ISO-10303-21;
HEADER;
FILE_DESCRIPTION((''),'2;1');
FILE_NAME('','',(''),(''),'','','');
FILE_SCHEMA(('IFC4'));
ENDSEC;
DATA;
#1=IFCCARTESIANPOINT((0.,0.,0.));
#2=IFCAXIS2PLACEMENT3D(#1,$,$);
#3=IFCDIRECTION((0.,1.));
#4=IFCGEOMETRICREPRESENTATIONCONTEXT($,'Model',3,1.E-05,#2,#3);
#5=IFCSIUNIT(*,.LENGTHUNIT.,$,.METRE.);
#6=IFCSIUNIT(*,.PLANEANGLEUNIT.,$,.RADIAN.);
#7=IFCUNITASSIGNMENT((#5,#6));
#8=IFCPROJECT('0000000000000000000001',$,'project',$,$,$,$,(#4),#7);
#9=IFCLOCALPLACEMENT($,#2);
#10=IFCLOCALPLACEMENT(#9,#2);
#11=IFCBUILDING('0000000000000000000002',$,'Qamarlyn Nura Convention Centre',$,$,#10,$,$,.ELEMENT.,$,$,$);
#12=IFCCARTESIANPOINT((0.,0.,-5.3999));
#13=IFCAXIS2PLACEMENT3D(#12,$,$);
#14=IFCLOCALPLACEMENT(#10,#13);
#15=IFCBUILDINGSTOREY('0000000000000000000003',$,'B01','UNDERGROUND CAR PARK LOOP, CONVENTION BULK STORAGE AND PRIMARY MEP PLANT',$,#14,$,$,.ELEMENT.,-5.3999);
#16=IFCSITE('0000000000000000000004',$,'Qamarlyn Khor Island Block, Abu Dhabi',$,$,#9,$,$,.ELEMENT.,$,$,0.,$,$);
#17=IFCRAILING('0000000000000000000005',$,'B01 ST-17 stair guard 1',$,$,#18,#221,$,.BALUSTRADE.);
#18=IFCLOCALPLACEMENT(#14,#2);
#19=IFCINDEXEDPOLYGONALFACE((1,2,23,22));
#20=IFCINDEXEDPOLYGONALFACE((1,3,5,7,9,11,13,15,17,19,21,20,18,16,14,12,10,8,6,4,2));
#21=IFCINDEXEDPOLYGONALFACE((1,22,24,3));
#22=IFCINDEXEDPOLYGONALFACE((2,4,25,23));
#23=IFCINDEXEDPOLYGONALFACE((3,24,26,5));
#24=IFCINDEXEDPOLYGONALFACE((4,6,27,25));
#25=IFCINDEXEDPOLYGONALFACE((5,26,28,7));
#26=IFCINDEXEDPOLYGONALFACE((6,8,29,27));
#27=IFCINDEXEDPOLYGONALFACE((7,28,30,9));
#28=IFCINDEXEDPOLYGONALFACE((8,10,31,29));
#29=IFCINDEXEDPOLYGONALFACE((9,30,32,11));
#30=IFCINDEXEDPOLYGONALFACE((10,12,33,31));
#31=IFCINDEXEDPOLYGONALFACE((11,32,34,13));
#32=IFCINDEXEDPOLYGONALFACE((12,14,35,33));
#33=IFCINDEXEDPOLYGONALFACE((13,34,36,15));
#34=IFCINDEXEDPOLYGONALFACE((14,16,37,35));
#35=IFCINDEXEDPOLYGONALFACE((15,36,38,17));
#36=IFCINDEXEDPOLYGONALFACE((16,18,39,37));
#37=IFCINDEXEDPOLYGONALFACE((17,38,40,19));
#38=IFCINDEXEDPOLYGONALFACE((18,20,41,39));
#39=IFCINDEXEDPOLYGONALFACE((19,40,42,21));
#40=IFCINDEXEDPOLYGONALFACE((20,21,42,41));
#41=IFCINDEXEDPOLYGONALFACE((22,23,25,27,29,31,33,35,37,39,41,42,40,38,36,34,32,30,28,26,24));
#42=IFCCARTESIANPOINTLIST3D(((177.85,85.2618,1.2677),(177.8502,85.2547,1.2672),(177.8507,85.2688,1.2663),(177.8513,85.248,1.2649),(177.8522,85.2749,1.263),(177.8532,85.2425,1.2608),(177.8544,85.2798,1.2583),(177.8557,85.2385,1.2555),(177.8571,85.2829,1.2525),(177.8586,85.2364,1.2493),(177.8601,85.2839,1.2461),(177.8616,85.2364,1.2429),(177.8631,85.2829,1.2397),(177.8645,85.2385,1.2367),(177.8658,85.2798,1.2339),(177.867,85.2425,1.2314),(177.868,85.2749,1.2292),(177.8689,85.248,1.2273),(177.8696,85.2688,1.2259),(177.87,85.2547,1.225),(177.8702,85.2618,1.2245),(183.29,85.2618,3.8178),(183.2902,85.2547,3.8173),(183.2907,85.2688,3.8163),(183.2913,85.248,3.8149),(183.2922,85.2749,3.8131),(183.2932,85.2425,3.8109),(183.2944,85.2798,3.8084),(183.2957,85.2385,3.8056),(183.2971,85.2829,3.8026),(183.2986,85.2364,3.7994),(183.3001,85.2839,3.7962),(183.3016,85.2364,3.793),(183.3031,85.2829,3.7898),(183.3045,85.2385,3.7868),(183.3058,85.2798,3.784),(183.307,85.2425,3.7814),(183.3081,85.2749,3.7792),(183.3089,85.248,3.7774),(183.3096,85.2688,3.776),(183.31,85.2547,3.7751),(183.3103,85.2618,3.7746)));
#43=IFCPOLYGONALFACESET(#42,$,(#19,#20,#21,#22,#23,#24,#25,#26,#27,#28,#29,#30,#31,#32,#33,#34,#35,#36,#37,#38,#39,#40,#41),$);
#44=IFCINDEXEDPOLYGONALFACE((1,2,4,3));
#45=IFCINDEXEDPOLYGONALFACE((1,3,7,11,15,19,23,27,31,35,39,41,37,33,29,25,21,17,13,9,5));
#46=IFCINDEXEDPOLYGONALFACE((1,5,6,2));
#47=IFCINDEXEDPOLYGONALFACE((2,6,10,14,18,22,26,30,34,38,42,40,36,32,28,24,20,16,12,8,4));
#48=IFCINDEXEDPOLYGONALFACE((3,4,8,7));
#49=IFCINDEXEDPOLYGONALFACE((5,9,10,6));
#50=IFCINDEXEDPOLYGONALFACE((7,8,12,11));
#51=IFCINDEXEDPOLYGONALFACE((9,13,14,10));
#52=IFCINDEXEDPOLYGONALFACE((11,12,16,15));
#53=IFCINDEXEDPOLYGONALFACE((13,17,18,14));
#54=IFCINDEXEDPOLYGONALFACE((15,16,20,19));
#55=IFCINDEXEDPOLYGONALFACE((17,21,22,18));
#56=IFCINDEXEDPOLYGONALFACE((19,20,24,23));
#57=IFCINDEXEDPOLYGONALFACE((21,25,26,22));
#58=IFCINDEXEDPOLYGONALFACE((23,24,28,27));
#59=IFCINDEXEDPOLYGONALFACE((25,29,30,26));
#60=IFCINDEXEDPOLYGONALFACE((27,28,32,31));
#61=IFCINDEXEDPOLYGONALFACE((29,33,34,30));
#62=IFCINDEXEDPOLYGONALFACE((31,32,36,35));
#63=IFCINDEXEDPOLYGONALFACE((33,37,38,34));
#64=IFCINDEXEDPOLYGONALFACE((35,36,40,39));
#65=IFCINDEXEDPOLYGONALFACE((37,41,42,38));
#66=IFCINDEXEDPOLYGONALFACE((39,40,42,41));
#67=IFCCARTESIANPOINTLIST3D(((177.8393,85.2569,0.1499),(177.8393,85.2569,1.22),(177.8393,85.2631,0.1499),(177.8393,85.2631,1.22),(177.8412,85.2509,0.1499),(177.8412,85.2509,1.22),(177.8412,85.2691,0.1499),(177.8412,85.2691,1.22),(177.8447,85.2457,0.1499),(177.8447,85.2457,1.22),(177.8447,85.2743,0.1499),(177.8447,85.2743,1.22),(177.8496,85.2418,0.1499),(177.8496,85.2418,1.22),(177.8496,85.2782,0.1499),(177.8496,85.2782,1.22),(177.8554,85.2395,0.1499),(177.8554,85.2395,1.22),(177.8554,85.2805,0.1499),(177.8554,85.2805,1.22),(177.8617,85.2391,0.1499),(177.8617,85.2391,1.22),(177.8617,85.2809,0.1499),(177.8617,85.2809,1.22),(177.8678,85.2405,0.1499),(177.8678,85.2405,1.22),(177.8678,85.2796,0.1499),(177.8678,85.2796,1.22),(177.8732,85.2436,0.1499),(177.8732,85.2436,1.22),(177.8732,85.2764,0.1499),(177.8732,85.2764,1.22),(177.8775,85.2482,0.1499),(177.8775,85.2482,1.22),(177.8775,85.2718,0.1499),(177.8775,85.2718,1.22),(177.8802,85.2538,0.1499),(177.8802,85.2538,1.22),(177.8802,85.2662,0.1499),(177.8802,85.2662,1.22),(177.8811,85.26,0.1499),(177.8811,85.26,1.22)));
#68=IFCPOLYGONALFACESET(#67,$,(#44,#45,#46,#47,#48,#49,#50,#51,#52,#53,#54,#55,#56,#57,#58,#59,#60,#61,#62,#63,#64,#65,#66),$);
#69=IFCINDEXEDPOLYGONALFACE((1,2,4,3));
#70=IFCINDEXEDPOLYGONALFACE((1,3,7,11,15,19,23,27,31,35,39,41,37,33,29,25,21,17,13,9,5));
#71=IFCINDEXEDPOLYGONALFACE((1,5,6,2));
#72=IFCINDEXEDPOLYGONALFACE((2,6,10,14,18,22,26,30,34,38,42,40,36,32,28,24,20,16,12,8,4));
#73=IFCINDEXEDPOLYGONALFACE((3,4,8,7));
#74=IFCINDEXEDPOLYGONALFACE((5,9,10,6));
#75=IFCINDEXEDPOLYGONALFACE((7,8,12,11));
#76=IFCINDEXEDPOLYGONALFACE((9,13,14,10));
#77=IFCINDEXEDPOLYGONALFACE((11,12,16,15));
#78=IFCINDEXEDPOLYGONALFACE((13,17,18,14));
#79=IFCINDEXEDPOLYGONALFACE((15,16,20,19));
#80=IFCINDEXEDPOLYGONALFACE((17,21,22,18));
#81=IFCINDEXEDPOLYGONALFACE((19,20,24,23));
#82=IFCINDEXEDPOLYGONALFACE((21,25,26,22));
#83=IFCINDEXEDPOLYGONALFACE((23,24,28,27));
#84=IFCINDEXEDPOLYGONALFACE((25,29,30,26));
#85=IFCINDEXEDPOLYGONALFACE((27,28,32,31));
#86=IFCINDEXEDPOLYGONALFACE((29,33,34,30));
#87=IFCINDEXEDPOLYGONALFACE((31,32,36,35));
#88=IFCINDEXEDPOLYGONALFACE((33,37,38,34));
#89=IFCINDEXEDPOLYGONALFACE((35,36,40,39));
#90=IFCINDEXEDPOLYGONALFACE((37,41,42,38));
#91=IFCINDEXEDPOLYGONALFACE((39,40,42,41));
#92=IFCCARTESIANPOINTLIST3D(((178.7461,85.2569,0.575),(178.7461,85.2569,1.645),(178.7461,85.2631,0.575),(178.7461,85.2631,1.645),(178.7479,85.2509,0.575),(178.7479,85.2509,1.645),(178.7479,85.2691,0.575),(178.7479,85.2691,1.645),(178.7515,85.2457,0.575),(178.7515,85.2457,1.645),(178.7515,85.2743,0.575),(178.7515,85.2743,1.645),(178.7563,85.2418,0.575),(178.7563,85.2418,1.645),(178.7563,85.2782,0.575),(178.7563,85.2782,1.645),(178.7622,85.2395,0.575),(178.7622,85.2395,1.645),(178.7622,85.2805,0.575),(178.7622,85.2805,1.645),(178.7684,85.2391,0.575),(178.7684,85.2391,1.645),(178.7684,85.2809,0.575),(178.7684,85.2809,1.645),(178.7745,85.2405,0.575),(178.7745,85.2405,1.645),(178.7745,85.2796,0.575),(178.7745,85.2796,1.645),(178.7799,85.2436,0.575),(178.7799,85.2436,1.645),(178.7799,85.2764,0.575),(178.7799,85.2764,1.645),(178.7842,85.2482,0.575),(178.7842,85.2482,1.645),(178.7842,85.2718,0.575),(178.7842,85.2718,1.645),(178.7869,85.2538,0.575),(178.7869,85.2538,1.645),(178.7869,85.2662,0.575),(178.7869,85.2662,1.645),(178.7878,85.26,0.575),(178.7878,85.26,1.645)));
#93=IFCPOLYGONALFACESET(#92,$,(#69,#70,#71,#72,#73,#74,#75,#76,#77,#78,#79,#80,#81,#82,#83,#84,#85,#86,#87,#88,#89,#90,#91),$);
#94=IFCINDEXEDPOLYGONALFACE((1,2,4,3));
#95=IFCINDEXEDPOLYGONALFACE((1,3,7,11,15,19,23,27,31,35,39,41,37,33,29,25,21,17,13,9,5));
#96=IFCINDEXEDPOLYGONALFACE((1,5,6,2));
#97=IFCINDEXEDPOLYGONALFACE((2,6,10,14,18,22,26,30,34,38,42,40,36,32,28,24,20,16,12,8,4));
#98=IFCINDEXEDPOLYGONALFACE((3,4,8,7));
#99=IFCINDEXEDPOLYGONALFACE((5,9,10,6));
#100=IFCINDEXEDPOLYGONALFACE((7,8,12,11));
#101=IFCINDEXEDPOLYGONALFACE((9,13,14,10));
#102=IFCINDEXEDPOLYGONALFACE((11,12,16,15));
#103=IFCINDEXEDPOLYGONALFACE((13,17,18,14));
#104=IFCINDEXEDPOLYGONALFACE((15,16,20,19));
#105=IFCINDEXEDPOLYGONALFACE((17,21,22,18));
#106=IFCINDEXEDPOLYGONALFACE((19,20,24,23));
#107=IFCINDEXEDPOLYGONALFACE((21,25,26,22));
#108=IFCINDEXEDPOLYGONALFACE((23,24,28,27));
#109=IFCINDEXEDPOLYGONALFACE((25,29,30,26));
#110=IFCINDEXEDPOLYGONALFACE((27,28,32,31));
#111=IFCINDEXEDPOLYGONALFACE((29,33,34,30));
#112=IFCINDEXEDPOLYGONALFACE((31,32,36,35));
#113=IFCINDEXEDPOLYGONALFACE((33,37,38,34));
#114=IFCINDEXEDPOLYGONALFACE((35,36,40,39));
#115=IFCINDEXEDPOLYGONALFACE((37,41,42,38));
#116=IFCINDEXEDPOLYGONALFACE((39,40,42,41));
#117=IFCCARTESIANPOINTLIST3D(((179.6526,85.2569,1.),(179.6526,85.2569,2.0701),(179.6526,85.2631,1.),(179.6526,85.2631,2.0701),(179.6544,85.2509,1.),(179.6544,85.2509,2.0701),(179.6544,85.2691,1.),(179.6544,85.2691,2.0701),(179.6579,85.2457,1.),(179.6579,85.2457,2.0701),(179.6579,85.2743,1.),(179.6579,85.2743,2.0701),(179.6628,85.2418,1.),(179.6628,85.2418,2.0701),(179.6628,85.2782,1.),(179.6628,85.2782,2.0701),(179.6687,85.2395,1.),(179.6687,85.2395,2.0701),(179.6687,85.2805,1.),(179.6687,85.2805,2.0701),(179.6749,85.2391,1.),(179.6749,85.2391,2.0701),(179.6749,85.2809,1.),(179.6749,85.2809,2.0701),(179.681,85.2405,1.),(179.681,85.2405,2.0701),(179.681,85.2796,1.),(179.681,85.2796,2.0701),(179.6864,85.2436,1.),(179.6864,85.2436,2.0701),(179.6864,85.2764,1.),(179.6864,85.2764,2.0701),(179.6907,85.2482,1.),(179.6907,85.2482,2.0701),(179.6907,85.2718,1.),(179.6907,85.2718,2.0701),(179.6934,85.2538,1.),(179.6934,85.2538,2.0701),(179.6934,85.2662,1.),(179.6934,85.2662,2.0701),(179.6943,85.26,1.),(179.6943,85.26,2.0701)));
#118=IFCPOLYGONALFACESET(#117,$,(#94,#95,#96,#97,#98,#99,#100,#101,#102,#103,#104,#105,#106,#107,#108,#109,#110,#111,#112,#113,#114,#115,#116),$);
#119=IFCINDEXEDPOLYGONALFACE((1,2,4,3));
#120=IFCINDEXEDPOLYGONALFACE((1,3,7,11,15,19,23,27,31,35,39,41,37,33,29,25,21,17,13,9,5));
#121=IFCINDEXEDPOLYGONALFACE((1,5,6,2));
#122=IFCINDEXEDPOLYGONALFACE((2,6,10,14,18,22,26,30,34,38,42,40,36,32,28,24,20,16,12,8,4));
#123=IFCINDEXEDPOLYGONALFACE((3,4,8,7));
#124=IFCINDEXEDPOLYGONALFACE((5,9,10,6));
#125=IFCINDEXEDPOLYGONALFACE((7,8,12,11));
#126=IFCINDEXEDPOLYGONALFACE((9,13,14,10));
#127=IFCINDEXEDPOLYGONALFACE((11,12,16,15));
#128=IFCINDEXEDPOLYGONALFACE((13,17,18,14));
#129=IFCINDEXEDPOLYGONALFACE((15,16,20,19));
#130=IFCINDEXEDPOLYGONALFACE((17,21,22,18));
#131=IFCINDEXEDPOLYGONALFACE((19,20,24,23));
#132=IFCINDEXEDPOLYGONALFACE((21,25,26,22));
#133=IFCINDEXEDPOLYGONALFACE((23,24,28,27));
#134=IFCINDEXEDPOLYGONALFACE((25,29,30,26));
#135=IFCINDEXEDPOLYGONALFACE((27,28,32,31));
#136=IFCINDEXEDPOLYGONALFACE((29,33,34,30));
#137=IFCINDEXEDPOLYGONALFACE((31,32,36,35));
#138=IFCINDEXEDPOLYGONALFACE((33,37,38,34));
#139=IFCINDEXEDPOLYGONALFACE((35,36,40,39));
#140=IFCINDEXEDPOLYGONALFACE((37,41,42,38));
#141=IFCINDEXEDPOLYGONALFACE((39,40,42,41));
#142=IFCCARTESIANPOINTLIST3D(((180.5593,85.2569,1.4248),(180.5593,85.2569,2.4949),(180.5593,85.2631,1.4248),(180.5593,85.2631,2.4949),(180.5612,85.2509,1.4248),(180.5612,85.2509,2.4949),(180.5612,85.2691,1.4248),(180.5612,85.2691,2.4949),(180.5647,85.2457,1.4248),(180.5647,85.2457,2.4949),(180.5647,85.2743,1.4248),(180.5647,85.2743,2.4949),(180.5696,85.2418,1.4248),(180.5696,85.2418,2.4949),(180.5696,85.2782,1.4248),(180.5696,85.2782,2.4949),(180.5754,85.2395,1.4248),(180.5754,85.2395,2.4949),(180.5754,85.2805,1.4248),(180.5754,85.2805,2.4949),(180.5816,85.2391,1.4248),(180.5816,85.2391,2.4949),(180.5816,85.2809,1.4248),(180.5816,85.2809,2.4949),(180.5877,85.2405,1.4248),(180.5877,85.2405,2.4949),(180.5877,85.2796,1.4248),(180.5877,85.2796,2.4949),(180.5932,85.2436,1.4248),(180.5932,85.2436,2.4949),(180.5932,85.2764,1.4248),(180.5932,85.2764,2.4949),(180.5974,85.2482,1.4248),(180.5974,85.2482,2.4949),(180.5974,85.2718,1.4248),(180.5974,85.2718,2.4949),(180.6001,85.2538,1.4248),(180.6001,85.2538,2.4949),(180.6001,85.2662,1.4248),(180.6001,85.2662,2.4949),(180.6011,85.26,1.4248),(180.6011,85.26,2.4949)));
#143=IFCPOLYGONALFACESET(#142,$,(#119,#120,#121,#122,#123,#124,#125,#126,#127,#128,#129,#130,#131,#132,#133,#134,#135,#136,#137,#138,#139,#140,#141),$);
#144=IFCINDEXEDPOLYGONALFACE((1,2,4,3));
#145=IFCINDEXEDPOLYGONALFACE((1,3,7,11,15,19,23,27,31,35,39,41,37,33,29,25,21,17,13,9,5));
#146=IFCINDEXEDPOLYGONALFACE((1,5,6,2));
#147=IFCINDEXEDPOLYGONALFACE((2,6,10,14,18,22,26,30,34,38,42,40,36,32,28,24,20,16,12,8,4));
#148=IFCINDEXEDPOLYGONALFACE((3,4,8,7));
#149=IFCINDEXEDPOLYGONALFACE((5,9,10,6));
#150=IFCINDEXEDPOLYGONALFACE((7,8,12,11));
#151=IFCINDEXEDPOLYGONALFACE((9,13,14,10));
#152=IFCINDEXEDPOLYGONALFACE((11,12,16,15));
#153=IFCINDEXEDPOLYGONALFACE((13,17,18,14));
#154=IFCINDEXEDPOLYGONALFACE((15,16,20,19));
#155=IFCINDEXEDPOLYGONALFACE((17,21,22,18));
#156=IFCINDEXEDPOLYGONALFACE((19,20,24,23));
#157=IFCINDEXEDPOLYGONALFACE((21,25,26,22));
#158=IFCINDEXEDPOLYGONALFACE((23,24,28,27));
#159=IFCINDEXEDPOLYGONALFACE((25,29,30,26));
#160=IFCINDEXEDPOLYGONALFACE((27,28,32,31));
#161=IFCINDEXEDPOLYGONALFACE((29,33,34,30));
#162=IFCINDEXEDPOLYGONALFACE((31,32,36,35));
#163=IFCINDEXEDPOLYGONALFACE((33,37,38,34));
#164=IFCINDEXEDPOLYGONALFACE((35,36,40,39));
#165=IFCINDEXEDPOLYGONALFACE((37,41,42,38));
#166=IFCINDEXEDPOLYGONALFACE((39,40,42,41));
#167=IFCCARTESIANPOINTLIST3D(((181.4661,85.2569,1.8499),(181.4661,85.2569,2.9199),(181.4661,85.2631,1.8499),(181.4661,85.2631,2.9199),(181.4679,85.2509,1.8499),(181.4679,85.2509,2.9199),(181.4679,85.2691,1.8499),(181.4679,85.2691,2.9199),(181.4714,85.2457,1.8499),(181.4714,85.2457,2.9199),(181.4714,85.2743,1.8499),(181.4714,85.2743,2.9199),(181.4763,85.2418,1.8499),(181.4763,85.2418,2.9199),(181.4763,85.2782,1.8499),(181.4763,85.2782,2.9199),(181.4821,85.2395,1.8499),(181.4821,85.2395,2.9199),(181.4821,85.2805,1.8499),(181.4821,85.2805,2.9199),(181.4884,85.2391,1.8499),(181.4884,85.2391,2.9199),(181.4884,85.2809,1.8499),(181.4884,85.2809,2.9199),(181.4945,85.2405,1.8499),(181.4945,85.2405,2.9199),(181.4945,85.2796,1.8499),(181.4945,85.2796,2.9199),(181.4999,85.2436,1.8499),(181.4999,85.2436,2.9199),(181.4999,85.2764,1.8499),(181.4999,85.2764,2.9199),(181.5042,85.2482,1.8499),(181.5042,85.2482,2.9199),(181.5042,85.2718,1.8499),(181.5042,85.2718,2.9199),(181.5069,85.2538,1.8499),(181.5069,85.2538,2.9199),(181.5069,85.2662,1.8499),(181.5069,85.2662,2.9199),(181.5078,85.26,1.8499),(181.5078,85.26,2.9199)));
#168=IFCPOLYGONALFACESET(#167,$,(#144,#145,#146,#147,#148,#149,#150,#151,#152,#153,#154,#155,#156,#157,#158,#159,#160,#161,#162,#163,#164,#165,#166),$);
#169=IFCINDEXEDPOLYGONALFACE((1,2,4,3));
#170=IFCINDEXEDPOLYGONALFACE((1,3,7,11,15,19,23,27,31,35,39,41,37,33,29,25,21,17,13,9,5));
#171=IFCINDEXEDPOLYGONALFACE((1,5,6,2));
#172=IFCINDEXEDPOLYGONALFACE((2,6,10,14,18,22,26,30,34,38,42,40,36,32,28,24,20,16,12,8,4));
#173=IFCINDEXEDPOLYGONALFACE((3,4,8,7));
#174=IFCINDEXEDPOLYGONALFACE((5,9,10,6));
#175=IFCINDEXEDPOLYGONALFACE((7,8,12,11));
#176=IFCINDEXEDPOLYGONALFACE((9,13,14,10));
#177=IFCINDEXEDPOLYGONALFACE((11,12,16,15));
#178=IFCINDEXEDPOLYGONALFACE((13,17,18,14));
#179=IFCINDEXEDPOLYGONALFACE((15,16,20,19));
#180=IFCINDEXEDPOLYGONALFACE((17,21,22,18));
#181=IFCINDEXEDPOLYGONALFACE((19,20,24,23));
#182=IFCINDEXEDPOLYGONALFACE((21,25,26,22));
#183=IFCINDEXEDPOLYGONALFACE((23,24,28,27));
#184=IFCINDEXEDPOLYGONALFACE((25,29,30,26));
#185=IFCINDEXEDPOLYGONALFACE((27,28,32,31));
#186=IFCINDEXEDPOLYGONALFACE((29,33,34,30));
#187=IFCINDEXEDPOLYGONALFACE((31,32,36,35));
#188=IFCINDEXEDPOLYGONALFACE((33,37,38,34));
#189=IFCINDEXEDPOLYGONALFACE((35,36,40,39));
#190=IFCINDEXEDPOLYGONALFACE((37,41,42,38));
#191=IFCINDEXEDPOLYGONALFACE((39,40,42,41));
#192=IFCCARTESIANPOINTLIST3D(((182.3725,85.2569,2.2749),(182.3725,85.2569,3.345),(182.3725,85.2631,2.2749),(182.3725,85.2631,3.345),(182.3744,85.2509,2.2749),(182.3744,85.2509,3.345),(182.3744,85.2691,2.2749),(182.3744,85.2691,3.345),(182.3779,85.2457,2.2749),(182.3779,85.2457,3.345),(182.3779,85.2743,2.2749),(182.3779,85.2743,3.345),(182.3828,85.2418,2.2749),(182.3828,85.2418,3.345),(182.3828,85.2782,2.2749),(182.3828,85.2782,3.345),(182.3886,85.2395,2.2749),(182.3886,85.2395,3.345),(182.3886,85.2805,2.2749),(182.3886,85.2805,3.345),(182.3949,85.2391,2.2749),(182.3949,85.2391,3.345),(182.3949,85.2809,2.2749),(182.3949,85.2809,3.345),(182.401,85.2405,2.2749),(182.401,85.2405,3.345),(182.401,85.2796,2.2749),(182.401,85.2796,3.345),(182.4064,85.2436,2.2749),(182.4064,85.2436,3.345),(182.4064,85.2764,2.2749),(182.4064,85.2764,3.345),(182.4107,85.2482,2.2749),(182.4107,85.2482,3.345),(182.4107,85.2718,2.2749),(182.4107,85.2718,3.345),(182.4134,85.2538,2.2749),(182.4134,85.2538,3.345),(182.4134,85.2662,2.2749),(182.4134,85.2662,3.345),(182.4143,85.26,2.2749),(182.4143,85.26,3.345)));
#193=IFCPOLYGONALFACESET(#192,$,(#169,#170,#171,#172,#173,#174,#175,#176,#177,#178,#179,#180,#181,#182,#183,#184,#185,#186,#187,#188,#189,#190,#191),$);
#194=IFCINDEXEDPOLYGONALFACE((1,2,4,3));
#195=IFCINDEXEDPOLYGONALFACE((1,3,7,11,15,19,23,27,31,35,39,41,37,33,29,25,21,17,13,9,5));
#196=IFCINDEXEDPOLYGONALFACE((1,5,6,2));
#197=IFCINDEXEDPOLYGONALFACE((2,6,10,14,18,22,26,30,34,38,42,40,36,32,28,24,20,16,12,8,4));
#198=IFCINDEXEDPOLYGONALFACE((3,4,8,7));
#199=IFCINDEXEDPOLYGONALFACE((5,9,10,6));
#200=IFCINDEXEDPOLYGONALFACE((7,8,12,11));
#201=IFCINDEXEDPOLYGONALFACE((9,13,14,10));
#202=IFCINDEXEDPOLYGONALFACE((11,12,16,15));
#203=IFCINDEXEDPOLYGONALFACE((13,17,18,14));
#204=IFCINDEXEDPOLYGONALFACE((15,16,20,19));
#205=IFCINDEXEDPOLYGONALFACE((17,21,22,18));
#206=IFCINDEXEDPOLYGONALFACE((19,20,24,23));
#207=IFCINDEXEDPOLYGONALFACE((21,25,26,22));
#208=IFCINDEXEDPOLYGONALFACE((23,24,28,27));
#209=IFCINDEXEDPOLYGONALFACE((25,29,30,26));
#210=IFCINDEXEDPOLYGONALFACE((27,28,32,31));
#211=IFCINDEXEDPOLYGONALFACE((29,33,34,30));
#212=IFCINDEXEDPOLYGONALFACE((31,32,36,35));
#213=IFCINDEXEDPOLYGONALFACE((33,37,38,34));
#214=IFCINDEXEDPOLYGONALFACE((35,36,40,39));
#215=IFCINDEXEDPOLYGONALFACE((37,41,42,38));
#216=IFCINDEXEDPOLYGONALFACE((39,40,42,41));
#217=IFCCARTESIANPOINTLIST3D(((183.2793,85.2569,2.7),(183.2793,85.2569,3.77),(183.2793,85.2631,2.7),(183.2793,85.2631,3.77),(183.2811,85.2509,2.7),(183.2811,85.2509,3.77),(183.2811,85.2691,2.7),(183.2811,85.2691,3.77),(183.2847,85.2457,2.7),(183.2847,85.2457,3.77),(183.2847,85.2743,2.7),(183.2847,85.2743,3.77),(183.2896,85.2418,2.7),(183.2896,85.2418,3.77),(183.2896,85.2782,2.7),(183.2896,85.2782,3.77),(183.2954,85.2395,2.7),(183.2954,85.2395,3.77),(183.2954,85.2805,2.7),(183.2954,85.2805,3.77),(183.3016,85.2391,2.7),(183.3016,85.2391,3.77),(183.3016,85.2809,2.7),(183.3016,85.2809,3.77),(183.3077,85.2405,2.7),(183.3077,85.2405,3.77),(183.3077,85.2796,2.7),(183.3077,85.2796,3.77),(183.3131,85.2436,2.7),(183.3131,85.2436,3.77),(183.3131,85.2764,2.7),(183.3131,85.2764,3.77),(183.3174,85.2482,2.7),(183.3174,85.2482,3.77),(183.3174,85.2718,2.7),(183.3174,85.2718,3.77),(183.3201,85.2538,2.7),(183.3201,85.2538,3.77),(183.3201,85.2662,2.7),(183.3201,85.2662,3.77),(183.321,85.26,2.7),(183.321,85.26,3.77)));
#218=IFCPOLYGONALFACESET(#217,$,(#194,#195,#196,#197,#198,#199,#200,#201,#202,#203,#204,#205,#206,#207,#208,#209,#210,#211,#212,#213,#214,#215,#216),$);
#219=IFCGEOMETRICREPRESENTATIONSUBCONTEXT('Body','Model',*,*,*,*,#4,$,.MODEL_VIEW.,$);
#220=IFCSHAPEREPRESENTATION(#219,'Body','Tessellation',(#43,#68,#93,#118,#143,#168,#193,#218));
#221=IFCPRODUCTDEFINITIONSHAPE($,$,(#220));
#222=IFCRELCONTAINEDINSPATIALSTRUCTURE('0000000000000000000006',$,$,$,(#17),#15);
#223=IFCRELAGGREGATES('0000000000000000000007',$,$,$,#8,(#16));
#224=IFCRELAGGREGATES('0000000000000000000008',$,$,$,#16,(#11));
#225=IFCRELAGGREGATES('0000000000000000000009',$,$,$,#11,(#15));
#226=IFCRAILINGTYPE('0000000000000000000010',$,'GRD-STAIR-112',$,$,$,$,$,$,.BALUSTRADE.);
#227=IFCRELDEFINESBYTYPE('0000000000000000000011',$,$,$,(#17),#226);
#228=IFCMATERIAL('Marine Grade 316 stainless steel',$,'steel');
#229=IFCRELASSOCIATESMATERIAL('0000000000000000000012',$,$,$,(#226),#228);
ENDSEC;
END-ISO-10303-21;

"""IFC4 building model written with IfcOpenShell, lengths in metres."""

from ifc_helpers import new_model, si_unit, direction, frame, origin, origin_2d, place, context, subcontext, project, spatial, circle, extrude, material, type_object, element, save


model = new_model("IFC4")

# Units and contexts
model_context = context("Model", 3, precision=1e-05, world=origin(), true_north=direction((0.0, 1.0)))
body_context = subcontext(model_context, "Body", "Model", "MODEL_VIEW")
ifc_project = project(units=[si_unit("LENGTHUNIT", "METRE"), si_unit("PLANEANGLEUNIT", "RADIAN")], contexts=[model_context])

# Site, building, storey
site_placement = place(None, origin())
site = spatial("IfcSite", under=ifc_project, at=site_placement, Name="Qamarlyn Khor Island Block, Abu Dhabi", CompositionType="ELEMENT", RefElevation=0.0)
building_placement = place(site_placement, origin())
building = spatial("IfcBuilding", under=site, at=building_placement, Name="Qamarlyn Nura Convention Centre", CompositionType="ELEMENT")
storey_placement = place(building_placement, frame((0.0, 0.0, -5.3999)))
storey = spatial("IfcBuildingStorey", under=building, at=storey_placement, Name="B01", Description="UNDERGROUND CAR PARK LOOP, CONVENTION BULK STORAGE AND PRIMARY MEP PLANT", CompositionType="ELEMENT", Elevation=-5.3999)

# Railing
ifc_material_1 = material(Name="Marine Grade 316 stainless steel", Category="steel")
railing_type_1 = type_object("IfcRailingType", Name="GRD-STAIR-112", PredefinedType="BALUSTRADE", material=ifc_material_1)
railing_1_placement = place(storey_placement, frame((177.8601, 85.26, 0.1499)))
element("IfcRailing", 1, at=railing_1_placement, inside=storey, type_object=railing_type_1, Name="B01 ST-17 stair guard 1", PredefinedType="BALUSTRADE", context=body_context, shape_type="SweptSolid", body=[
    extrude(circle(Radius=0.0239, at=origin_2d()), frame((0.0, 0.0, 1.0962), z_axis=(0.905454, 0.0, 0.424444), x_axis=(0.0, 1.0, 0.0)), (0.0, 0.0, 1.0), 6.0081),
    extrude(circle(Radius=0.021, at=origin_2d()), origin(), (0.0, 0.0, 1.0), 1.0701),
    extrude(circle(Radius=0.021, at=origin_2d()), frame((0.9067, 0.0, 0.425)), (0.0, 0.0, 1.0), 1.0701),
    extrude(circle(Radius=0.021, at=origin_2d()), frame((1.8132, 0.0, 0.8501)), (0.0, 0.0, 1.0), 1.0701),
    extrude(circle(Radius=0.021, at=origin_2d()), frame((2.72, 0.0, 1.2749)), (0.0, 0.0, 1.0), 1.0701),
    extrude(circle(Radius=0.021, at=origin_2d()), frame((3.6267, 0.0, 1.7)), (0.0, 0.0, 1.0), 1.0701),
    extrude(circle(Radius=0.021, at=origin_2d()), frame((4.5332, 0.0, 2.125)), (0.0, 0.0, 1.0), 1.0701),
    extrude(circle(Radius=0.021, at=origin_2d()), frame((5.4399, 0.0, 2.55)), (0.0, 0.0, 1.0), 1.0701),
])

save(model, "model.ifc")
